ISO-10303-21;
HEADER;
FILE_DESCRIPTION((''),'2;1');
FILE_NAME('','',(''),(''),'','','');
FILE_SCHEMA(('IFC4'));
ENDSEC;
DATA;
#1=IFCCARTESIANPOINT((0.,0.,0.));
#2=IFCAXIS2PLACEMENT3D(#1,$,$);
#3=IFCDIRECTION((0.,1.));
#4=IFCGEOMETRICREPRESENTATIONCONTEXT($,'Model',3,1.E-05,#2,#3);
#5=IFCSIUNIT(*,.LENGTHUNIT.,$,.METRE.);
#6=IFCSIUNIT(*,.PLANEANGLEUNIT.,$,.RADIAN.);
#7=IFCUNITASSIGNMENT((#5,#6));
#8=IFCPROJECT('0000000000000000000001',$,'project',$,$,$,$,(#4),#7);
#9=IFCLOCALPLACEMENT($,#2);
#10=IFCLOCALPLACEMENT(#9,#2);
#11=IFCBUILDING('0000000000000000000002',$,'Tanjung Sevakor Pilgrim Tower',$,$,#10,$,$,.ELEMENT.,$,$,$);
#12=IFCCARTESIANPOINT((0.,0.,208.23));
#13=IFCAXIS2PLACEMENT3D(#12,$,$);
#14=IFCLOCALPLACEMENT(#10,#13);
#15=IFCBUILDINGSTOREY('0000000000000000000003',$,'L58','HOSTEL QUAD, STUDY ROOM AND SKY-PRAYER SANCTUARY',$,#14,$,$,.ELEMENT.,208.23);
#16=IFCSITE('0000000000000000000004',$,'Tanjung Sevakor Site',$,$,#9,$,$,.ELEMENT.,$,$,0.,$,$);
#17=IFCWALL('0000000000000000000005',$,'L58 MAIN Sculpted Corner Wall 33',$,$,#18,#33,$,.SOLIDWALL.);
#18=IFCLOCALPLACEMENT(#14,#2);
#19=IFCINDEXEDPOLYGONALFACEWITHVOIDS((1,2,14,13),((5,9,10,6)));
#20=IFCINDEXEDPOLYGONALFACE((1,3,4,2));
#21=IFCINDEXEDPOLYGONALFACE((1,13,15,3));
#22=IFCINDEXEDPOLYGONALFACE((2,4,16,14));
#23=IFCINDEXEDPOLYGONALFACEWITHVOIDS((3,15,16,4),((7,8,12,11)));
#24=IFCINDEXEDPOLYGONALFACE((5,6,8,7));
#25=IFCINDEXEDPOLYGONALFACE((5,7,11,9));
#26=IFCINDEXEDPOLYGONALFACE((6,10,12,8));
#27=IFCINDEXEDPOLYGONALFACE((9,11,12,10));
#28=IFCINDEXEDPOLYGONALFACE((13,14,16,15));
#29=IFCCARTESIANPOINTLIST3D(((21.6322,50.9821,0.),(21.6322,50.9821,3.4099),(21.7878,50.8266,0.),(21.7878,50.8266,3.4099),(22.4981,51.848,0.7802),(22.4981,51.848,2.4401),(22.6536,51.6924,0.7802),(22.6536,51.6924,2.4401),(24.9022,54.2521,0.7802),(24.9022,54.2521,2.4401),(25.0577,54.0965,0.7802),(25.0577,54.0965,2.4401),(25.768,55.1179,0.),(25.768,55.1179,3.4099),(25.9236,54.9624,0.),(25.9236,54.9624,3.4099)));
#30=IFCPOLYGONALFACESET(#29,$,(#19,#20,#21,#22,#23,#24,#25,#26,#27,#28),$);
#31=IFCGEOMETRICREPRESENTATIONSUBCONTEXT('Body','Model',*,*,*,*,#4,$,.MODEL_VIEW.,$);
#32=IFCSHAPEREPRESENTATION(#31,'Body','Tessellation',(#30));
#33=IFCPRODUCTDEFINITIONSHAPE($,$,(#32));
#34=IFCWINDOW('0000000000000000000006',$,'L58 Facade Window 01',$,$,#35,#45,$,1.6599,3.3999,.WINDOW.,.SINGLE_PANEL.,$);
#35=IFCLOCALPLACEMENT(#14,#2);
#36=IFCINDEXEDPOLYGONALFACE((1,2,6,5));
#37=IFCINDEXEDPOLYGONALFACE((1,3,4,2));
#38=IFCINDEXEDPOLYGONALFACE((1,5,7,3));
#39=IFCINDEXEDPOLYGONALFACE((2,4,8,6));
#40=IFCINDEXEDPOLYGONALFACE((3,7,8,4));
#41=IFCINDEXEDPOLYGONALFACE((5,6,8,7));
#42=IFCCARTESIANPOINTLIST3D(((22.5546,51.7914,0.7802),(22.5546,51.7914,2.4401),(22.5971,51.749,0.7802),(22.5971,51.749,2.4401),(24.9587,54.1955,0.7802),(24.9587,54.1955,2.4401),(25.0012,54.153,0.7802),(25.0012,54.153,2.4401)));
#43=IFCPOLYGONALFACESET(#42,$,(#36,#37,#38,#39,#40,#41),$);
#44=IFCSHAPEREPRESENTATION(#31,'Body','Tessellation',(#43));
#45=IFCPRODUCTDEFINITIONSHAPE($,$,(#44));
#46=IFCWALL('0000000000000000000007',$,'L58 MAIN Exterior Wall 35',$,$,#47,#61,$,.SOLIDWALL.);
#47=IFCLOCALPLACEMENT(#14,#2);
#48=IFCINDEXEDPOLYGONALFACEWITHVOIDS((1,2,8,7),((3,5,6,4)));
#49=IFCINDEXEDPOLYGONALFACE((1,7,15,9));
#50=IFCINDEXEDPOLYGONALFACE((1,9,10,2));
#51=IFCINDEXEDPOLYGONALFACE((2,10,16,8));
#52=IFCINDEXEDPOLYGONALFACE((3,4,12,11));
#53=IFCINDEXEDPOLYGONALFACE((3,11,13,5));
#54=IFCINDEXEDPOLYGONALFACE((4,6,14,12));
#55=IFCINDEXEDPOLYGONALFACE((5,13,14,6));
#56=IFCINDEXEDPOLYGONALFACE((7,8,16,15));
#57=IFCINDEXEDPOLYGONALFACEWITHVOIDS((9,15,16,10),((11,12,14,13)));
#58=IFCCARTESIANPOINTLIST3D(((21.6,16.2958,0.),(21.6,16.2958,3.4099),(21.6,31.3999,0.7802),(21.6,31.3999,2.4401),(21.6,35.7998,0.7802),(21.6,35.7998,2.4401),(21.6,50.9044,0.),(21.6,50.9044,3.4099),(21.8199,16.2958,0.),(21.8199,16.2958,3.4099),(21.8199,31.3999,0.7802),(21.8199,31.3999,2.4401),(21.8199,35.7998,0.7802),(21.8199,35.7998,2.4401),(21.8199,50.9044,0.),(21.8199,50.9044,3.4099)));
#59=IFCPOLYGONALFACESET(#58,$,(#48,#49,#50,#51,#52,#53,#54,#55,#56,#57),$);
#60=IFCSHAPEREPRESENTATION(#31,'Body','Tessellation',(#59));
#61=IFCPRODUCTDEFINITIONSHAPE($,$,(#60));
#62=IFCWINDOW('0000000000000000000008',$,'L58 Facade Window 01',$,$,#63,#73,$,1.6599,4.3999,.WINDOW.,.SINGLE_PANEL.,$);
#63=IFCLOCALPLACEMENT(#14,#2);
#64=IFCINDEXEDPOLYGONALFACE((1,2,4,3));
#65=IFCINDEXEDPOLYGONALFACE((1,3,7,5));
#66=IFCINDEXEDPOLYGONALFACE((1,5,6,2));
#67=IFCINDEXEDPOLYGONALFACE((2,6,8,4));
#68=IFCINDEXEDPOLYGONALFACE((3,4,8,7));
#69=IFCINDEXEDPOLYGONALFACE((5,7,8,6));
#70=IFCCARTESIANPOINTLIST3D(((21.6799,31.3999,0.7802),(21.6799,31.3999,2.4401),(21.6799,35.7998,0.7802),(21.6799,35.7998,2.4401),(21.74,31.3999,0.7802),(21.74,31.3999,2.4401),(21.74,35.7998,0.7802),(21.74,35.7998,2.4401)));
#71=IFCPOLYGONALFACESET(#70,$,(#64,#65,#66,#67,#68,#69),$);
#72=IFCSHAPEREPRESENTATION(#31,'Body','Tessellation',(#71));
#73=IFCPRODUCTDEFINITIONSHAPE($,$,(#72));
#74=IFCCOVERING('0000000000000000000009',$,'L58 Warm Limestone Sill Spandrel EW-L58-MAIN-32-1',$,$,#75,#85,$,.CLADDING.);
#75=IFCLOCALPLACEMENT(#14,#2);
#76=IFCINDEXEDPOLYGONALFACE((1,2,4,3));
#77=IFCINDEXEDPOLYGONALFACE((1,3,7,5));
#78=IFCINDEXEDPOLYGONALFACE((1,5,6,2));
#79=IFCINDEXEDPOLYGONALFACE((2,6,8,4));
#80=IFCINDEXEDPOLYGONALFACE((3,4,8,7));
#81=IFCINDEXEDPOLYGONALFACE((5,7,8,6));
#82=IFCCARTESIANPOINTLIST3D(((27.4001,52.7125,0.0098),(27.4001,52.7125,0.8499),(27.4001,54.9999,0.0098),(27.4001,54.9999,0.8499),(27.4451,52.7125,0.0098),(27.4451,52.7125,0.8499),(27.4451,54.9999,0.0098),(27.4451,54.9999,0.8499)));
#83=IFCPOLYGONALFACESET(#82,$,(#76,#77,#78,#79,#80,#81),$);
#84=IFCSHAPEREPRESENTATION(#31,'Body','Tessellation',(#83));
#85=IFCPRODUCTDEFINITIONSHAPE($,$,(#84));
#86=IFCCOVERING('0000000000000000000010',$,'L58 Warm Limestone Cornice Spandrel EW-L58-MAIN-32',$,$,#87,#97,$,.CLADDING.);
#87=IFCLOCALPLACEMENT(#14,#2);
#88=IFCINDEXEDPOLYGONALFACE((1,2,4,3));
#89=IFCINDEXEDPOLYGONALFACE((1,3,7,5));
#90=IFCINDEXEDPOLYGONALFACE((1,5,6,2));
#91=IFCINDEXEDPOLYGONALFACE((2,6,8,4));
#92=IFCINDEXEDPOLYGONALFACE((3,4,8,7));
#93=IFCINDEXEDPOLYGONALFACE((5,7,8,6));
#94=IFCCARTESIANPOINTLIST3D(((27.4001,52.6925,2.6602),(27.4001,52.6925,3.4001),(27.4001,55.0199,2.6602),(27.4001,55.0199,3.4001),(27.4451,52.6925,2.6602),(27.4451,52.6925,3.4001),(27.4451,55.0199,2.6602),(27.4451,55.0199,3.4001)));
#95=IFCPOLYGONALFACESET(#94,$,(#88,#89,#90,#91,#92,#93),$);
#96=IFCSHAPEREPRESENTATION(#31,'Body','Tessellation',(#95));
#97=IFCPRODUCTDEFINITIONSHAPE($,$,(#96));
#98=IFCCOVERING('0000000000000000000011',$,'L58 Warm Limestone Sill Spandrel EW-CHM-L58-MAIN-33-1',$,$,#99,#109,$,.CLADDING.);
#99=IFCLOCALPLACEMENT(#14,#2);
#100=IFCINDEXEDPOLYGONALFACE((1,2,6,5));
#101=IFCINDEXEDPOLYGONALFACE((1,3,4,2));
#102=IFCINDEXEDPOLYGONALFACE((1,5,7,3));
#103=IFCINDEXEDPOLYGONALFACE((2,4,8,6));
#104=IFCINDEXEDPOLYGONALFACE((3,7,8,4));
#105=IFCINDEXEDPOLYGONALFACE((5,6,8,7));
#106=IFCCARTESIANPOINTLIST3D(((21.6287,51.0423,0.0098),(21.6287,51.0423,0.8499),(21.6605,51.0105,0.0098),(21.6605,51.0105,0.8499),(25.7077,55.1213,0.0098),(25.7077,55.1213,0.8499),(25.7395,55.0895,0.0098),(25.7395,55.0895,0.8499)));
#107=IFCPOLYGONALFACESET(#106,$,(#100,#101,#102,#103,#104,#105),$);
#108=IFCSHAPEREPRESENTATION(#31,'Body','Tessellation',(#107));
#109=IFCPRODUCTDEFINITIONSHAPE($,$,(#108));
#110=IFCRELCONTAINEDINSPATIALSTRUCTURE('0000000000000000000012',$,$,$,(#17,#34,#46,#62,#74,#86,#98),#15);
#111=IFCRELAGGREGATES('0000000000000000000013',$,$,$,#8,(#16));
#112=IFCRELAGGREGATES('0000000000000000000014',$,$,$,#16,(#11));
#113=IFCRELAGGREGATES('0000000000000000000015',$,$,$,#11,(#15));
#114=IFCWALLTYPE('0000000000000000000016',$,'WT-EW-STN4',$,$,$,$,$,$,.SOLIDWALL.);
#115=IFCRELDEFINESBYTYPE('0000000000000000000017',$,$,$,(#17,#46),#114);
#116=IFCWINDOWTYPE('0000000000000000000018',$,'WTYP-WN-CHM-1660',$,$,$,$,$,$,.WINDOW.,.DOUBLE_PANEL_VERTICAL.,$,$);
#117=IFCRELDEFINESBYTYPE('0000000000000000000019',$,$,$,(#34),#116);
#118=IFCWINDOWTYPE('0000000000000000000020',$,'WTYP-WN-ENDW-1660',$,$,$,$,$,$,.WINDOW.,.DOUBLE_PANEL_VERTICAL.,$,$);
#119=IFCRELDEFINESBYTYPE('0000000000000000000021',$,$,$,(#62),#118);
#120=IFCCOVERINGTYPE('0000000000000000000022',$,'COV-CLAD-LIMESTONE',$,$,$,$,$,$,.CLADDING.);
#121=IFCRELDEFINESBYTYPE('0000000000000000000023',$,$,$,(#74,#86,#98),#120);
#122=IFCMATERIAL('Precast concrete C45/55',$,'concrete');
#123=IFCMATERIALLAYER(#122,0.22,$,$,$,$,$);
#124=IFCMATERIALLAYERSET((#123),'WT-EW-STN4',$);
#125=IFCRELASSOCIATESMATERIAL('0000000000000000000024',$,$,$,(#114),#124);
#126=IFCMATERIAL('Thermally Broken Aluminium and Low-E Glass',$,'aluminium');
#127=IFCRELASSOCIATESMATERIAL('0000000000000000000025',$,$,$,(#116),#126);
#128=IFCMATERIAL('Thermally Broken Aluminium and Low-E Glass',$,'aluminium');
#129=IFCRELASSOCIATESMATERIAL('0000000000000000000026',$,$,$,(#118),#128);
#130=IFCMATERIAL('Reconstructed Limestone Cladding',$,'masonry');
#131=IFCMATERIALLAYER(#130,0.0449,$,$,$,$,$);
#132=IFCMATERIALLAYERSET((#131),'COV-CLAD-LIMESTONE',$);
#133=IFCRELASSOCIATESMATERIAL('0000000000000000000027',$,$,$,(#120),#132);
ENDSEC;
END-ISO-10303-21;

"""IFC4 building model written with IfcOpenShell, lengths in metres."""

from ifc_helpers import new_model, si_unit, direction, frame, frame_2d, origin, origin_2d, place, context, subcontext, project, spatial, rectangle, extrude, material, layer, layer_set, type_object, element, fill, save


model = new_model("IFC4")

# Units and contexts
model_context = context("Model", 3, precision=1e-05, world=origin(), true_north=direction((0.0, 1.0)))
body_context = subcontext(model_context, "Body", "Model", "MODEL_VIEW")
ifc_project = project(units=[si_unit("LENGTHUNIT", "METRE"), si_unit("PLANEANGLEUNIT", "RADIAN")], contexts=[model_context])

# Site, building, storey
site_placement = place(None, origin())
site = spatial("IfcSite", under=ifc_project, at=site_placement, Name="Tanjung Sevakor Site", CompositionType="ELEMENT", RefElevation=0.0)
building_placement = place(site_placement, origin())
building = spatial("IfcBuilding", under=site, at=building_placement, Name="Tanjung Sevakor Pilgrim Tower", CompositionType="ELEMENT")
storey_placement = place(building_placement, frame((0.0, 0.0, 208.23)))
storey = spatial("IfcBuildingStorey", under=building, at=storey_placement, Name="L58", Description="HOSTEL QUAD, STUDY ROOM AND SKY-PRAYER SANCTUARY", CompositionType="ELEMENT", Elevation=208.23)

# Walls, openings, windows
ifc_material_1 = material(Name="Precast concrete C45/55", Category="concrete")
ifc_layer_1 = layer(ifc_material_1, 0.22)
ifc_layer_set_1 = layer_set([ifc_layer_1], Name="WT-EW-STN4")
wall_type = type_object("IfcWallType", Name="WT-EW-STN4", PredefinedType="SOLIDWALL", material=ifc_layer_set_1)
wall_1_placement = place(storey_placement, frame((25.8457, 55.04, 0.0), z_axis=(0.0, 0.0, 1.0), x_axis=(-0.707107, -0.707107, 0.0)))
wall_1 = element("IfcWall", 1, at=wall_1_placement, inside=storey, type_object=wall_type, Name="L58 MAIN Sculpted Corner Wall 33", PredefinedType="SOLIDWALL", context=body_context, shape_type="SweptSolid", body=[
    extrude(rectangle(XDim=5.8489, YDim=0.22, at=frame_2d((2.9243, 0.0))), origin(), (0.0, 0.0, 1.0), 3.4099),
])
opening_1_placement = place(wall_1_placement, frame((1.2244, 0.0, 0.78)))
opening_1 = element("IfcOpeningElement", 2, at=opening_1_placement, cuts=wall_1, PredefinedType="OPENING", context=body_context, shape_type="SweptSolid", body=[
    extrude(rectangle(XDim=3.3999, YDim=1.6599, at=frame_2d((1.7, 0.8301))), frame((0.0, 0.1199, 0.0), z_axis=(0.0, -1.0, 0.0), x_axis=(1.0, 0.0, 0.0)), (0.0, 0.0, 1.0), 0.24),
])
ifc_material_2 = material(Name="Thermally Broken Aluminium and Low-E Glass", Category="aluminium")
window_type_1 = type_object("IfcWindowType", Name="WTYP-WN-CHM-1660", PartitioningType="DOUBLE_PANEL_VERTICAL", PredefinedType="WINDOW", material=ifc_material_2)
window_1_placement = place(opening_1_placement, origin())
window_1 = element("IfcWindow", 3, at=window_1_placement, inside=storey, type_object=window_type_1, Name="L58 Facade Window 01", OverallHeight=1.6599, OverallWidth=3.3999, PartitioningType="SINGLE_PANEL", PredefinedType="WINDOW", context=body_context, shape_type="SweptSolid", body=[
    extrude(rectangle(XDim=3.3999, YDim=1.6599, at=frame_2d((1.7, 0.8301))), frame((0.0, 0.03, 0.0), z_axis=(0.0, -1.0, 0.0), x_axis=(1.0, 0.0, 0.0)), (0.0, 0.0, 1.0), 0.0601),
])
fill(opening_1, window_1)
wall_2_placement = place(storey_placement, frame((21.71, 50.9043, 0.0), z_axis=(0.0, 0.0, 1.0), x_axis=(0.0, -1.0, 0.0)))
wall_2 = element("IfcWall", 4, at=wall_2_placement, inside=storey, type_object=wall_type, Name="L58 MAIN Exterior Wall 35", PredefinedType="SOLIDWALL", context=body_context, shape_type="SweptSolid", body=[
    extrude(rectangle(XDim=34.6086, YDim=0.22, at=frame_2d((17.3042, 0.0))), origin(), (0.0, 0.0, 1.0), 3.4099),
])
opening_2_placement = place(wall_2_placement, frame((15.1045, 0.0, 0.78)))
opening_2 = element("IfcOpeningElement", 5, at=opening_2_placement, cuts=wall_2, PredefinedType="OPENING", context=body_context, shape_type="SweptSolid", body=[
    extrude(rectangle(XDim=4.3999, YDim=1.6599, at=frame_2d((2.2, 0.8301))), frame((0.0, 0.1199, 0.0), z_axis=(0.0, -1.0, 0.0), x_axis=(1.0, 0.0, 0.0)), (0.0, 0.0, 1.0), 0.24),
])
ifc_material_3 = material(Name="Thermally Broken Aluminium and Low-E Glass", Category="aluminium")
window_type_2 = type_object("IfcWindowType", Name="WTYP-WN-ENDW-1660", PartitioningType="DOUBLE_PANEL_VERTICAL", PredefinedType="WINDOW", material=ifc_material_3)
window_2_placement = place(opening_2_placement, origin())
window_2 = element("IfcWindow", 6, at=window_2_placement, inside=storey, type_object=window_type_2, Name="L58 Facade Window 01", OverallHeight=1.6599, OverallWidth=4.3999, PartitioningType="SINGLE_PANEL", PredefinedType="WINDOW", context=body_context, shape_type="SweptSolid", body=[
    extrude(rectangle(XDim=4.3999, YDim=1.6599, at=frame_2d((2.2, 0.8301))), frame((0.0, 0.03, 0.0), z_axis=(0.0, -1.0, 0.0), x_axis=(1.0, 0.0, 0.0)), (0.0, 0.0, 1.0), 0.0601),
])
fill(opening_2, window_2)

# Coverings
ifc_material_4 = material(Name="Reconstructed Limestone Cladding", Category="masonry")
ifc_layer_2 = layer(ifc_material_4, 0.0449)
ifc_layer_set_2 = layer_set([ifc_layer_2], Name="COV-CLAD-LIMESTONE")
covering_type = type_object("IfcCoveringType", Name="COV-CLAD-LIMESTONE", PredefinedType="CLADDING", material=ifc_layer_set_2)
covering_1_placement = place(storey_placement, frame((27.4226, 53.8562, 0.0098), z_axis=(0.0, 0.0, 1.0), x_axis=(0.0, 1.0, 0.0)))
element("IfcCovering", 7, at=covering_1_placement, inside=storey, type_object=covering_type, Name="L58 Warm Limestone Sill Spandrel EW-L58-MAIN-32-1", PredefinedType="CLADDING", context=body_context, shape_type="SweptSolid", body=[
    extrude(rectangle(XDim=2.2874, YDim=0.0449, at=origin_2d()), origin(), (0.0, 0.0, 1.0), 0.8401),
])
covering_2_placement = place(storey_placement, frame((27.4226, 53.8562, 2.6602), z_axis=(0.0, 0.0, 1.0), x_axis=(0.0, 1.0, 0.0)))
element("IfcCovering", 8, at=covering_2_placement, inside=storey, type_object=covering_type, Name="L58 Warm Limestone Cornice Spandrel EW-L58-MAIN-32", PredefinedType="CLADDING", context=body_context, shape_type="SweptSolid", body=[
    extrude(rectangle(XDim=2.3274, YDim=0.0449, at=origin_2d()), origin(), (0.0, 0.0, 1.0), 0.74),
])
covering_3_placement = place(storey_placement, frame((23.6841, 53.0659, 0.0098), z_axis=(0.0, 0.0, 1.0), x_axis=(-0.707107, -0.707107, 0.0)))
element("IfcCovering", 9, at=covering_3_placement, inside=storey, type_object=covering_type, Name="L58 Warm Limestone Sill Spandrel EW-CHM-L58-MAIN-33-1", PredefinedType="CLADDING", context=body_context, shape_type="SweptSolid", body=[
    extrude(rectangle(XDim=5.7686, YDim=0.0449, at=origin_2d()), origin(), (0.0, 0.0, 1.0), 0.8401),
])

save(model, "model.ifc")
